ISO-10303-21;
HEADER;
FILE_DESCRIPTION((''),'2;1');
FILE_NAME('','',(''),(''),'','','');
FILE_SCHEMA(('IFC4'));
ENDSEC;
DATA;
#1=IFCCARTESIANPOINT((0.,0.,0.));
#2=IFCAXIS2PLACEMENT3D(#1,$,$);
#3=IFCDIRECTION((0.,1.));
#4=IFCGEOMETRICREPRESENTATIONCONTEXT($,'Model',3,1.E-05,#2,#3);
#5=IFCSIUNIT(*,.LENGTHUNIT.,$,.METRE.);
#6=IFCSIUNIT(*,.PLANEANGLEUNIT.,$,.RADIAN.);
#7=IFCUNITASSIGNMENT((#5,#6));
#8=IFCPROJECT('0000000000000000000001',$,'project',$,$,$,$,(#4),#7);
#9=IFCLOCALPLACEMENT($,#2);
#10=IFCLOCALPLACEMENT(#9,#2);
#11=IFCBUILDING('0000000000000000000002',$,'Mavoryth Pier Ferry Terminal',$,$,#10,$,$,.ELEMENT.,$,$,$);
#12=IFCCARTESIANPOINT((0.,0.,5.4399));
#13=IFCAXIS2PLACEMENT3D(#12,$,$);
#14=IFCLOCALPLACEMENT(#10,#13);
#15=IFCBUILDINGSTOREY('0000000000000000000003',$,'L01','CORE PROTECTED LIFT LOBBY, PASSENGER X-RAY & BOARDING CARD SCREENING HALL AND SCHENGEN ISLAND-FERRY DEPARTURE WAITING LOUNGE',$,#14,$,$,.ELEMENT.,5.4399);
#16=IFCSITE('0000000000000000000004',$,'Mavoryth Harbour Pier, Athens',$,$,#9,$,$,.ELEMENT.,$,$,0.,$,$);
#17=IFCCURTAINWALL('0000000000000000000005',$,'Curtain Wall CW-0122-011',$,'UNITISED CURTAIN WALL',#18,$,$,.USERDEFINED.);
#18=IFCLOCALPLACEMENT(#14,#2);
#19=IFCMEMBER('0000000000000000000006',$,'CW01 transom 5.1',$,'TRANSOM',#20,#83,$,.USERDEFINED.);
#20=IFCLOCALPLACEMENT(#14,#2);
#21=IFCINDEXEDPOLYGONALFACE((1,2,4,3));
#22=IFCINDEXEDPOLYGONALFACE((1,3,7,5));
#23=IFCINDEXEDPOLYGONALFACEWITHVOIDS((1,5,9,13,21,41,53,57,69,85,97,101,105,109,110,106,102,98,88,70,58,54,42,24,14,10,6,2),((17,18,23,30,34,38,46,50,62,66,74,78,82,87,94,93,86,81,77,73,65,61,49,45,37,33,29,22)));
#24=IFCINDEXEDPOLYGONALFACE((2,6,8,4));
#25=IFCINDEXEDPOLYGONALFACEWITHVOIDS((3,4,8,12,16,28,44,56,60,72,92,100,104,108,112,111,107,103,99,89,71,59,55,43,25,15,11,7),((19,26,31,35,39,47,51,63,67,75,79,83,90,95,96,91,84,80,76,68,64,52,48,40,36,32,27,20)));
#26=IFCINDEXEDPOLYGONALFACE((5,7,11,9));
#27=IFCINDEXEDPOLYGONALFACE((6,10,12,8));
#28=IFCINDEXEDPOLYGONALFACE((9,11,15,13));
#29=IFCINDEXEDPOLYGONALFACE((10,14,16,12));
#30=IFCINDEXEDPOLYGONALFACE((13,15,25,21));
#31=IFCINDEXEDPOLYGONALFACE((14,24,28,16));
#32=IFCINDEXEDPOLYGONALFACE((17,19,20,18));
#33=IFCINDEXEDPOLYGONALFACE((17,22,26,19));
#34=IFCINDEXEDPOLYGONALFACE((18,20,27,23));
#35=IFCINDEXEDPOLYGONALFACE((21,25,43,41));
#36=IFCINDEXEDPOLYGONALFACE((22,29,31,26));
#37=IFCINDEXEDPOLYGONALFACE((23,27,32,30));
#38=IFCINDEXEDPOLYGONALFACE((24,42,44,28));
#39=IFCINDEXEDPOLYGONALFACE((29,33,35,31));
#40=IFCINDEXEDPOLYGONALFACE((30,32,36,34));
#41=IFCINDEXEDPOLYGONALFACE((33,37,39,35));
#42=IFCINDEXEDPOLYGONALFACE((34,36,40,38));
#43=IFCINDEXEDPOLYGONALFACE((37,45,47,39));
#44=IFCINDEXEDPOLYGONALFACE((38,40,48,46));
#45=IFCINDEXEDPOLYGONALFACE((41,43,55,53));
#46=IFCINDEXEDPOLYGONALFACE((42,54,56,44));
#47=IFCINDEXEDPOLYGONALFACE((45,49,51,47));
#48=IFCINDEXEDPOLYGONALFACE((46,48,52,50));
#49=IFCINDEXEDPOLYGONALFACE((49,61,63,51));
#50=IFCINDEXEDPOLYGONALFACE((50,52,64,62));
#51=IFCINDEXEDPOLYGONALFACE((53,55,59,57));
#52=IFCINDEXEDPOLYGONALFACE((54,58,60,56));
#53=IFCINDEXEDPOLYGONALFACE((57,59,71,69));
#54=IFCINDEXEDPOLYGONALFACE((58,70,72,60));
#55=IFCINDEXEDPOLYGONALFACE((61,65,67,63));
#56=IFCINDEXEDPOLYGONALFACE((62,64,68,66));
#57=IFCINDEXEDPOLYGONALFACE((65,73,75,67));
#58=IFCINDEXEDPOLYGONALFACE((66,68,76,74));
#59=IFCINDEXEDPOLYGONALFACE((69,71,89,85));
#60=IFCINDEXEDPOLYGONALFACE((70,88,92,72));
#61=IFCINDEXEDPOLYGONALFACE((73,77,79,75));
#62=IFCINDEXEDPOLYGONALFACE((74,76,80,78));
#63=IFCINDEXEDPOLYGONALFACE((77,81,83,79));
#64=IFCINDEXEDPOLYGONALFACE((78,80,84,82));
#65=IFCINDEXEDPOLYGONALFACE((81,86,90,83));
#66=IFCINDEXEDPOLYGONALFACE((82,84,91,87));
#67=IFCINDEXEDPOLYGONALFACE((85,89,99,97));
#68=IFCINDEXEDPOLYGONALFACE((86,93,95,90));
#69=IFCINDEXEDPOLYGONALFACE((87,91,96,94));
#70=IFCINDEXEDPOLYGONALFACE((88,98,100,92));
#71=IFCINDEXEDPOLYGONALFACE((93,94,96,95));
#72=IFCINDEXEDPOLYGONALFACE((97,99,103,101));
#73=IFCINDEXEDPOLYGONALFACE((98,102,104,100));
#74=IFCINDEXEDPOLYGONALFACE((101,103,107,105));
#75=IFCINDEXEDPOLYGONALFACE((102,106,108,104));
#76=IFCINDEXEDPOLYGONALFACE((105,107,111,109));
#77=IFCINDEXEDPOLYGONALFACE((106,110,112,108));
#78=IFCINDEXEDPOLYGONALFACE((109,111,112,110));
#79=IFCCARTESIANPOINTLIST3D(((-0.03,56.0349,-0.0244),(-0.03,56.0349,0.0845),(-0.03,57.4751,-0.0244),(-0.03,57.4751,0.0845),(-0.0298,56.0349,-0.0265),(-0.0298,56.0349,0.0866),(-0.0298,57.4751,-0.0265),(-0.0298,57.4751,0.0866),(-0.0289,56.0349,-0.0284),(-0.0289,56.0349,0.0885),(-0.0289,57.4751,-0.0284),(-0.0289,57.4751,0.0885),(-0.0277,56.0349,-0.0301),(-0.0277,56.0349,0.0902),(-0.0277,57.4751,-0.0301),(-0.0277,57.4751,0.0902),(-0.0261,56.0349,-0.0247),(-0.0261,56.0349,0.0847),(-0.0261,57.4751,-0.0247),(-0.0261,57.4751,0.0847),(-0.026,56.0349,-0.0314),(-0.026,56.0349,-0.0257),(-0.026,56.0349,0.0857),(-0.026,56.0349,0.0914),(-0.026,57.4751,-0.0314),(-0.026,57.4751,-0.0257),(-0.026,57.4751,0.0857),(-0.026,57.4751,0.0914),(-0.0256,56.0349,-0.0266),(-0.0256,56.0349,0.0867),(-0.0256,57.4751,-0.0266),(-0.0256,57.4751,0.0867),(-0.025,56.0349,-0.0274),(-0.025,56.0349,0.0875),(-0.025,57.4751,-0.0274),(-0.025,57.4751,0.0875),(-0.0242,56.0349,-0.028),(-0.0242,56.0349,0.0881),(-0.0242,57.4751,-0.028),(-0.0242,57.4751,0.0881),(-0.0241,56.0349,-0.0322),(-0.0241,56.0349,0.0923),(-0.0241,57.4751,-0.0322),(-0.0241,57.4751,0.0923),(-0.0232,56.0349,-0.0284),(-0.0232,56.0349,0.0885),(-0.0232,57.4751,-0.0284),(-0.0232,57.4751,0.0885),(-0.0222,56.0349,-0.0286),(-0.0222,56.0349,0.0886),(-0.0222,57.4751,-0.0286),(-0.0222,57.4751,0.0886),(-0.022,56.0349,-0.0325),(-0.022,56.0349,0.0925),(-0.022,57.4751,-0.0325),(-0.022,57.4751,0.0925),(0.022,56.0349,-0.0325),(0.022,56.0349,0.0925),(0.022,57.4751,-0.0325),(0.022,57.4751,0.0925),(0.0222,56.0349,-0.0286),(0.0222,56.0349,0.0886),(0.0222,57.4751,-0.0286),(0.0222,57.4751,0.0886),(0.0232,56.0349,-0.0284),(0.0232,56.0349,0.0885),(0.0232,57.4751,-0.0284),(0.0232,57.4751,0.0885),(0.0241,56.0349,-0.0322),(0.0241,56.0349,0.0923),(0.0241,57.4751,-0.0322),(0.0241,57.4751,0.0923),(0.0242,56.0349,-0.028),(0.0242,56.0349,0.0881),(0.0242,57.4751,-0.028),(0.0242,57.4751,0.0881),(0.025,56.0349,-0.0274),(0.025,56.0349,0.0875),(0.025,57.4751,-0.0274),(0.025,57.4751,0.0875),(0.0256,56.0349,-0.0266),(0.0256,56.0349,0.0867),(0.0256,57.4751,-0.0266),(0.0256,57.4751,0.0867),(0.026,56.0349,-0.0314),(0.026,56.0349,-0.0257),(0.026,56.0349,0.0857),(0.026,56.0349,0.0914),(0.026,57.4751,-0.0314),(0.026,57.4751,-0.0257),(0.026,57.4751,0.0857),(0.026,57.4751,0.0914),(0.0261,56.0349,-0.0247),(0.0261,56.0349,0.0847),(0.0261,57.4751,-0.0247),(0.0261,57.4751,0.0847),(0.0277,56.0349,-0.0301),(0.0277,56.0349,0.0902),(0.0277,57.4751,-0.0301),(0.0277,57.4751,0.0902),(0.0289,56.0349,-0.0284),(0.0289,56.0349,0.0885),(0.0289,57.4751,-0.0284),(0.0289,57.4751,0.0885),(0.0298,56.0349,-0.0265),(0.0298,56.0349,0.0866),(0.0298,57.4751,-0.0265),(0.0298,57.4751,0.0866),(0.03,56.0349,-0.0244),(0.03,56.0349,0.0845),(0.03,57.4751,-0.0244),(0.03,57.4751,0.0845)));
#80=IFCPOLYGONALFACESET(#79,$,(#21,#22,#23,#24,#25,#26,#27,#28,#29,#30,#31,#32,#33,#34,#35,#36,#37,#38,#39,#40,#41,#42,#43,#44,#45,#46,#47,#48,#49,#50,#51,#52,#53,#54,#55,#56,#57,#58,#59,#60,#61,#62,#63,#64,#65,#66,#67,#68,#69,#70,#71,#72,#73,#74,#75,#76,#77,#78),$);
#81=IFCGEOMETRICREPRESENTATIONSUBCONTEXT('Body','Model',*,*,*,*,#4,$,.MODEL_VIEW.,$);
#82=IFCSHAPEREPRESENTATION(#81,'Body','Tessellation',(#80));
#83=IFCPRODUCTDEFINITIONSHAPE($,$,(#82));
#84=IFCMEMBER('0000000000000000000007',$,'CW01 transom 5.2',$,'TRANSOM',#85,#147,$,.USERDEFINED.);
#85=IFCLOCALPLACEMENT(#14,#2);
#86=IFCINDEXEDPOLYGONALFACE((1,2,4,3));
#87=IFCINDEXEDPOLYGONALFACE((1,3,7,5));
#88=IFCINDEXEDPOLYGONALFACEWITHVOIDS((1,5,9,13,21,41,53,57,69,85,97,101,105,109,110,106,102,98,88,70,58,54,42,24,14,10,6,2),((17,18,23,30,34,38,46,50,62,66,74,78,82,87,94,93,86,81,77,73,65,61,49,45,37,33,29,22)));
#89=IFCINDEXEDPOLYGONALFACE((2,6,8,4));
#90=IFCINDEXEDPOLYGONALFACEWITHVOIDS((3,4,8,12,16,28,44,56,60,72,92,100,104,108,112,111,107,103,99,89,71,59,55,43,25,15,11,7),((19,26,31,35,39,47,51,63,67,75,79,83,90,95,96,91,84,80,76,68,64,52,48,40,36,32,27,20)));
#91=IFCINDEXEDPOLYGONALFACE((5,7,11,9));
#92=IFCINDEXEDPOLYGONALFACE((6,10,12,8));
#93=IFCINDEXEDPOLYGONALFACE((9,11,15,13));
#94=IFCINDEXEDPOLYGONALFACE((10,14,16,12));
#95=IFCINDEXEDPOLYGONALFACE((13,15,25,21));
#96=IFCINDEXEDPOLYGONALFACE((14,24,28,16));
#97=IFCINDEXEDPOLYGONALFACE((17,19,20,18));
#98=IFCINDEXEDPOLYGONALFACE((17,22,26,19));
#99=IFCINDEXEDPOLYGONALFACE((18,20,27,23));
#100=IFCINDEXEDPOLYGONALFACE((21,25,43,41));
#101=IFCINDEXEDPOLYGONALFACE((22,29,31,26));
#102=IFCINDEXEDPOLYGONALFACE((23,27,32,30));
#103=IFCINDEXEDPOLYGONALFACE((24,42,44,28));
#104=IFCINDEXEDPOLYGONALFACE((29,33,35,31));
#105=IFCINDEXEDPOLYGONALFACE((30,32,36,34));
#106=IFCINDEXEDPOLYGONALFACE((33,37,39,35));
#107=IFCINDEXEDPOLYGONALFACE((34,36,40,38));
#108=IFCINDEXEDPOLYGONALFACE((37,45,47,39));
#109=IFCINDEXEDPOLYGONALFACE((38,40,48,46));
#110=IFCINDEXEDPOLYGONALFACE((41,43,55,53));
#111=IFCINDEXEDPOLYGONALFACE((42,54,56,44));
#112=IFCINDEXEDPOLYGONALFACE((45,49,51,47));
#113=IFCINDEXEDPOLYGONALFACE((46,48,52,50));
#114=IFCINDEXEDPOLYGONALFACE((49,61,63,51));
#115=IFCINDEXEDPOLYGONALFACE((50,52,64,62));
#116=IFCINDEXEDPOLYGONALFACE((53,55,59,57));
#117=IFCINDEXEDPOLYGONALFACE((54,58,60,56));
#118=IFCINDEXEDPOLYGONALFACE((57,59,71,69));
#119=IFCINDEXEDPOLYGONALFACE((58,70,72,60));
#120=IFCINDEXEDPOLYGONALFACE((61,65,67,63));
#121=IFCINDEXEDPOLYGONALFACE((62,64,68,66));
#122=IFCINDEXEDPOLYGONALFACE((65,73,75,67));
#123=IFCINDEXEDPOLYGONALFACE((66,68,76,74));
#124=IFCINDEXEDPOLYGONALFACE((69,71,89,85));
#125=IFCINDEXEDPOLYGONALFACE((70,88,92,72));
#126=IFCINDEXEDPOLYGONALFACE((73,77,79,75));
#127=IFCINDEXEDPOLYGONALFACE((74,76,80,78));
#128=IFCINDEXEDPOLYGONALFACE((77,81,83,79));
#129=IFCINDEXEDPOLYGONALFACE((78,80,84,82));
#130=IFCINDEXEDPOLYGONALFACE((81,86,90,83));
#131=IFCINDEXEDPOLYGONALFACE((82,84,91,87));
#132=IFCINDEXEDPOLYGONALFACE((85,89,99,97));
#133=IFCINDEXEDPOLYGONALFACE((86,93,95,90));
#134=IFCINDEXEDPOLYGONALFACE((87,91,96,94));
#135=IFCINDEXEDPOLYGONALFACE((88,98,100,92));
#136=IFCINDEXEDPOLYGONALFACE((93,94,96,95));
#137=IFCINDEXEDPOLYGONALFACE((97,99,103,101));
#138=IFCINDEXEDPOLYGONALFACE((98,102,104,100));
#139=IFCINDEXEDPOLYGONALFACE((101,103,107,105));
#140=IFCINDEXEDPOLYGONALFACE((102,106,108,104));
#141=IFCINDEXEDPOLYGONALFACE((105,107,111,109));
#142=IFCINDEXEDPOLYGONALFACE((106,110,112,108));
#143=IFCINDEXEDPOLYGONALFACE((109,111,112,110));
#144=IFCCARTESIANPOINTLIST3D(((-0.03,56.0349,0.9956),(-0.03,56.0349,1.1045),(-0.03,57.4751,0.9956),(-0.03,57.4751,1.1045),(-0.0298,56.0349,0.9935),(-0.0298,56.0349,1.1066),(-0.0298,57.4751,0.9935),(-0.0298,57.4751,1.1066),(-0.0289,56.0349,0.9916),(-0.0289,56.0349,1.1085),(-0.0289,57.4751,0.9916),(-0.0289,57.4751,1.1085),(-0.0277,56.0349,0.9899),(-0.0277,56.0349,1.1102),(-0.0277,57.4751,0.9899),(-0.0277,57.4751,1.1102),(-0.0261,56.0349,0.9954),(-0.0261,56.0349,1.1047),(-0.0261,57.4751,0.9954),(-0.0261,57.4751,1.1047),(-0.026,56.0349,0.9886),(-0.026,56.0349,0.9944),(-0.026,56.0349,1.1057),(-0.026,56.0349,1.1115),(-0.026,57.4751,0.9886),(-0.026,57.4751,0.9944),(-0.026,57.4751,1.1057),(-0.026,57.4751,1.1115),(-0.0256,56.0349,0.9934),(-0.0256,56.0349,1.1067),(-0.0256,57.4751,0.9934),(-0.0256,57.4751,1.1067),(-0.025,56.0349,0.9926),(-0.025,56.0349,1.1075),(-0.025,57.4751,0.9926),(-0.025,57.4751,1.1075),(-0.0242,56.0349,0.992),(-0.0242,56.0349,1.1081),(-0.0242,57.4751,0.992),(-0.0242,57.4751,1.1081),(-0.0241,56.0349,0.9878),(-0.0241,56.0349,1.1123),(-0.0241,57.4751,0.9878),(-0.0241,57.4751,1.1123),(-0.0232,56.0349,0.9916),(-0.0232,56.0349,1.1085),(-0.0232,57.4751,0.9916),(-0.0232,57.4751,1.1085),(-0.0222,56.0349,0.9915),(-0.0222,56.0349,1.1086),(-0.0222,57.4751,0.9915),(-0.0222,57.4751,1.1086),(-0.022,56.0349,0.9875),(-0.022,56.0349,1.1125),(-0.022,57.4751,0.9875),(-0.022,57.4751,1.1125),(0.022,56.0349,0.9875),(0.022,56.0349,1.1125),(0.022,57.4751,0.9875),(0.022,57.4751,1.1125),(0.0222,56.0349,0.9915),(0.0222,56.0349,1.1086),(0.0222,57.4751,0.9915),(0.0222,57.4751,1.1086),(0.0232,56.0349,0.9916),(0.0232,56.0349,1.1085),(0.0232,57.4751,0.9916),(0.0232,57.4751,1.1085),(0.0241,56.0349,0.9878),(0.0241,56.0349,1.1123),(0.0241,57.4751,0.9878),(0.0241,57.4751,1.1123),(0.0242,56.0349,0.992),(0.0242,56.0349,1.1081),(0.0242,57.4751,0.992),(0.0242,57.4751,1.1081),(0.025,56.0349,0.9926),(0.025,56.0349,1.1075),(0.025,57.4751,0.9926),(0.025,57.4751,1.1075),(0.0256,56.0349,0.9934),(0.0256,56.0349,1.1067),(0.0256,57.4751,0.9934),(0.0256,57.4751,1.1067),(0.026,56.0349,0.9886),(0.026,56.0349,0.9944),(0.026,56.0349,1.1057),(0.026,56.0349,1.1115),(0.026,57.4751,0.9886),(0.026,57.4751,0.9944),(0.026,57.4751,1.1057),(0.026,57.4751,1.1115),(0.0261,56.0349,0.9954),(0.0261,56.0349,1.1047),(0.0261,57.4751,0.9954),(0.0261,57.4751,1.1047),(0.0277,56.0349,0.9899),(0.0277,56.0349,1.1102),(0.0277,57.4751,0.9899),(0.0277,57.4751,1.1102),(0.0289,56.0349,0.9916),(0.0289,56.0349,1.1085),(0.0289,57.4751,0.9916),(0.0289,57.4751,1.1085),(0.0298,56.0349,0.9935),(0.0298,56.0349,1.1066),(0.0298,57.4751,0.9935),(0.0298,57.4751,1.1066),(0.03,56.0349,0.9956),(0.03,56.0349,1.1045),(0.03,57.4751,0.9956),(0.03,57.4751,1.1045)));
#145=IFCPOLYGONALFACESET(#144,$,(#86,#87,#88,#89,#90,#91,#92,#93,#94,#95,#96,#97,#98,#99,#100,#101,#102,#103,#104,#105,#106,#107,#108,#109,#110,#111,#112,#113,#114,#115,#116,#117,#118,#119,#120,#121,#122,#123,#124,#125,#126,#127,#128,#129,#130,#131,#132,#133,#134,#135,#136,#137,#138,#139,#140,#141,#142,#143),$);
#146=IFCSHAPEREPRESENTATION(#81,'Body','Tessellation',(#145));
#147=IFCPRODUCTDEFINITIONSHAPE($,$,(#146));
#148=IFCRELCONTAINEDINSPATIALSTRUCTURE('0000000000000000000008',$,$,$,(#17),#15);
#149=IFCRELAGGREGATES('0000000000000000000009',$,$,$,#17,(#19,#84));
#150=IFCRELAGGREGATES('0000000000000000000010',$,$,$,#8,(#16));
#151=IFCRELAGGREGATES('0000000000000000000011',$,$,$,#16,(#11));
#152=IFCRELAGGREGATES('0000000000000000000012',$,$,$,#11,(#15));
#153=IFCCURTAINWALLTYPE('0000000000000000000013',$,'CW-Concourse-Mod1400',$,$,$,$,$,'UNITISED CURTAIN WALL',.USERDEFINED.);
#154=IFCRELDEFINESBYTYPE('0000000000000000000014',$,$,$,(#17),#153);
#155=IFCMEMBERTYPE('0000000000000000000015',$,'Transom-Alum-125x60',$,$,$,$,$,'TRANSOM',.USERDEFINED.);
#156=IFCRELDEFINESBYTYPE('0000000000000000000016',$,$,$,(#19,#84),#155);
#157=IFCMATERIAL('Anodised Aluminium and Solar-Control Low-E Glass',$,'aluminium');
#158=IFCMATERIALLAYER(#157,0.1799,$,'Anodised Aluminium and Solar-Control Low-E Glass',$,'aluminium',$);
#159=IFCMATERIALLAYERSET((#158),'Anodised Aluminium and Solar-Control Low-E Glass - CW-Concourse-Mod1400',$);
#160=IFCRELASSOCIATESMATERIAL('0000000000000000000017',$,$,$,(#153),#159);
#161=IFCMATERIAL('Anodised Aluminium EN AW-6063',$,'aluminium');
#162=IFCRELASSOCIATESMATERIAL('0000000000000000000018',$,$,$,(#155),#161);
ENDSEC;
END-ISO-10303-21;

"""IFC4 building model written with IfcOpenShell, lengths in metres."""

from ifc_helpers import new_model, si_unit, direction, frame, origin, origin_2d, place, context, subcontext, project, spatial, hollow_rectangle, extrude, material, layer, layer_set, material_profile, profile_set, type_object, element, aggregate, save


model = new_model("IFC4")

# Units and contexts
model_context = context("Model", 3, precision=1e-05, world=origin(), true_north=direction((0.0, 1.0)))
body_context = subcontext(model_context, "Body", "Model", "MODEL_VIEW")
ifc_project = project(units=[si_unit("LENGTHUNIT", "METRE"), si_unit("PLANEANGLEUNIT", "RADIAN")], contexts=[model_context])

# Site, building, storey
site_placement = place(None, origin())
site = spatial("IfcSite", under=ifc_project, at=site_placement, Name="Mavoryth Harbour Pier, Athens", CompositionType="ELEMENT", RefElevation=0.0)
building_placement = place(site_placement, origin())
building = spatial("IfcBuilding", under=site, at=building_placement, Name="Mavoryth Pier Ferry Terminal", CompositionType="ELEMENT")
storey_placement = place(building_placement, frame((0.0, 0.0, 5.4399)))
storey = spatial("IfcBuildingStorey", under=building, at=storey_placement, Name="L01", Description="CORE PROTECTED LIFT LOBBY, PASSENGER X-RAY & BOARDING CARD SCREENING HALL AND SCHENGEN ISLAND-FERRY DEPARTURE WAITING LOUNGE", CompositionType="ELEMENT", Elevation=5.4399)

# Curtain wall, members
ifc_material_1 = material(Name="Anodised Aluminium and Solar-Control Low-E Glass", Category="aluminium")
ifc_layer_1 = layer(ifc_material_1, 0.1799, Name="Anodised Aluminium and Solar-Control Low-E Glass", Category="aluminium")
ifc_layer_set_1 = layer_set([ifc_layer_1], Name="Anodised Aluminium and Solar-Control Low-E Glass - CW-Concourse-Mod1400")
curtain_wall_type = type_object("IfcCurtainWallType", Name="CW-Concourse-Mod1400", ElementType="UNITISED CURTAIN WALL", PredefinedType="USERDEFINED", material=ifc_layer_set_1)
curtain_wall_placement = place(storey_placement, origin())
curtain_wall = element("IfcCurtainWall", 1, at=curtain_wall_placement, inside=storey, type_object=curtain_wall_type, Name="Curtain Wall CW-0122-011", ObjectType="UNITISED CURTAIN WALL", PredefinedType="USERDEFINED")
ifc_material_2 = material(Name="Anodised Aluminium EN AW-6063", Category="aluminium")
ifc_material_profile_1 = material_profile(ifc_material_2, hollow_rectangle(XDim=0.0601, YDim=0.125, WallThickness=0.0039, InnerFilletRadius=0.0039, OuterFilletRadius=0.0081, at=origin_2d()), Name="AL-TRAN 125x60x4", Category="aluminium")
ifc_profile_set_1 = profile_set([ifc_material_profile_1], Name="Anodised Aluminium EN AW-6063 - AL-TRAN 125x60x4")
member_type_1 = type_object("IfcMemberType", Name="Transom-Alum-125x60", ElementType="TRANSOM", PredefinedType="USERDEFINED", material=ifc_profile_set_1)
member_1_placement = place(storey_placement, frame((0.0, 57.4751, 0.03), z_axis=(0.0, -1.0, 0.0), x_axis=(1.0, 0.0, 0.0)))
member_1 = element("IfcMember", 2, at=member_1_placement, type_object=member_type_1, Name="CW01 transom 5.1", ObjectType="TRANSOM", PredefinedType="USERDEFINED", context=body_context, shape_type="SweptSolid", body=[
    extrude(hollow_rectangle(XDim=0.0601, YDim=0.125, WallThickness=0.0039, InnerFilletRadius=0.0039, OuterFilletRadius=0.0081, at=origin_2d()), origin(), (0.0, 0.0, 1.0), 1.4402),
])
member_2_placement = place(storey_placement, frame((0.0, 57.4751, 1.05), z_axis=(0.0, -1.0, 0.0), x_axis=(1.0, 0.0, 0.0)))
member_2 = element("IfcMember", 3, at=member_2_placement, type_object=member_type_1, Name="CW01 transom 5.2", ObjectType="TRANSOM", PredefinedType="USERDEFINED", context=body_context, shape_type="SweptSolid", body=[
    extrude(hollow_rectangle(XDim=0.0601, YDim=0.125, WallThickness=0.0039, InnerFilletRadius=0.0039, OuterFilletRadius=0.0081, at=origin_2d()), origin(), (0.0, 0.0, 1.0), 1.4402),
])
aggregate(curtain_wall, [member_1, member_2])

save(model, "model.ifc")
